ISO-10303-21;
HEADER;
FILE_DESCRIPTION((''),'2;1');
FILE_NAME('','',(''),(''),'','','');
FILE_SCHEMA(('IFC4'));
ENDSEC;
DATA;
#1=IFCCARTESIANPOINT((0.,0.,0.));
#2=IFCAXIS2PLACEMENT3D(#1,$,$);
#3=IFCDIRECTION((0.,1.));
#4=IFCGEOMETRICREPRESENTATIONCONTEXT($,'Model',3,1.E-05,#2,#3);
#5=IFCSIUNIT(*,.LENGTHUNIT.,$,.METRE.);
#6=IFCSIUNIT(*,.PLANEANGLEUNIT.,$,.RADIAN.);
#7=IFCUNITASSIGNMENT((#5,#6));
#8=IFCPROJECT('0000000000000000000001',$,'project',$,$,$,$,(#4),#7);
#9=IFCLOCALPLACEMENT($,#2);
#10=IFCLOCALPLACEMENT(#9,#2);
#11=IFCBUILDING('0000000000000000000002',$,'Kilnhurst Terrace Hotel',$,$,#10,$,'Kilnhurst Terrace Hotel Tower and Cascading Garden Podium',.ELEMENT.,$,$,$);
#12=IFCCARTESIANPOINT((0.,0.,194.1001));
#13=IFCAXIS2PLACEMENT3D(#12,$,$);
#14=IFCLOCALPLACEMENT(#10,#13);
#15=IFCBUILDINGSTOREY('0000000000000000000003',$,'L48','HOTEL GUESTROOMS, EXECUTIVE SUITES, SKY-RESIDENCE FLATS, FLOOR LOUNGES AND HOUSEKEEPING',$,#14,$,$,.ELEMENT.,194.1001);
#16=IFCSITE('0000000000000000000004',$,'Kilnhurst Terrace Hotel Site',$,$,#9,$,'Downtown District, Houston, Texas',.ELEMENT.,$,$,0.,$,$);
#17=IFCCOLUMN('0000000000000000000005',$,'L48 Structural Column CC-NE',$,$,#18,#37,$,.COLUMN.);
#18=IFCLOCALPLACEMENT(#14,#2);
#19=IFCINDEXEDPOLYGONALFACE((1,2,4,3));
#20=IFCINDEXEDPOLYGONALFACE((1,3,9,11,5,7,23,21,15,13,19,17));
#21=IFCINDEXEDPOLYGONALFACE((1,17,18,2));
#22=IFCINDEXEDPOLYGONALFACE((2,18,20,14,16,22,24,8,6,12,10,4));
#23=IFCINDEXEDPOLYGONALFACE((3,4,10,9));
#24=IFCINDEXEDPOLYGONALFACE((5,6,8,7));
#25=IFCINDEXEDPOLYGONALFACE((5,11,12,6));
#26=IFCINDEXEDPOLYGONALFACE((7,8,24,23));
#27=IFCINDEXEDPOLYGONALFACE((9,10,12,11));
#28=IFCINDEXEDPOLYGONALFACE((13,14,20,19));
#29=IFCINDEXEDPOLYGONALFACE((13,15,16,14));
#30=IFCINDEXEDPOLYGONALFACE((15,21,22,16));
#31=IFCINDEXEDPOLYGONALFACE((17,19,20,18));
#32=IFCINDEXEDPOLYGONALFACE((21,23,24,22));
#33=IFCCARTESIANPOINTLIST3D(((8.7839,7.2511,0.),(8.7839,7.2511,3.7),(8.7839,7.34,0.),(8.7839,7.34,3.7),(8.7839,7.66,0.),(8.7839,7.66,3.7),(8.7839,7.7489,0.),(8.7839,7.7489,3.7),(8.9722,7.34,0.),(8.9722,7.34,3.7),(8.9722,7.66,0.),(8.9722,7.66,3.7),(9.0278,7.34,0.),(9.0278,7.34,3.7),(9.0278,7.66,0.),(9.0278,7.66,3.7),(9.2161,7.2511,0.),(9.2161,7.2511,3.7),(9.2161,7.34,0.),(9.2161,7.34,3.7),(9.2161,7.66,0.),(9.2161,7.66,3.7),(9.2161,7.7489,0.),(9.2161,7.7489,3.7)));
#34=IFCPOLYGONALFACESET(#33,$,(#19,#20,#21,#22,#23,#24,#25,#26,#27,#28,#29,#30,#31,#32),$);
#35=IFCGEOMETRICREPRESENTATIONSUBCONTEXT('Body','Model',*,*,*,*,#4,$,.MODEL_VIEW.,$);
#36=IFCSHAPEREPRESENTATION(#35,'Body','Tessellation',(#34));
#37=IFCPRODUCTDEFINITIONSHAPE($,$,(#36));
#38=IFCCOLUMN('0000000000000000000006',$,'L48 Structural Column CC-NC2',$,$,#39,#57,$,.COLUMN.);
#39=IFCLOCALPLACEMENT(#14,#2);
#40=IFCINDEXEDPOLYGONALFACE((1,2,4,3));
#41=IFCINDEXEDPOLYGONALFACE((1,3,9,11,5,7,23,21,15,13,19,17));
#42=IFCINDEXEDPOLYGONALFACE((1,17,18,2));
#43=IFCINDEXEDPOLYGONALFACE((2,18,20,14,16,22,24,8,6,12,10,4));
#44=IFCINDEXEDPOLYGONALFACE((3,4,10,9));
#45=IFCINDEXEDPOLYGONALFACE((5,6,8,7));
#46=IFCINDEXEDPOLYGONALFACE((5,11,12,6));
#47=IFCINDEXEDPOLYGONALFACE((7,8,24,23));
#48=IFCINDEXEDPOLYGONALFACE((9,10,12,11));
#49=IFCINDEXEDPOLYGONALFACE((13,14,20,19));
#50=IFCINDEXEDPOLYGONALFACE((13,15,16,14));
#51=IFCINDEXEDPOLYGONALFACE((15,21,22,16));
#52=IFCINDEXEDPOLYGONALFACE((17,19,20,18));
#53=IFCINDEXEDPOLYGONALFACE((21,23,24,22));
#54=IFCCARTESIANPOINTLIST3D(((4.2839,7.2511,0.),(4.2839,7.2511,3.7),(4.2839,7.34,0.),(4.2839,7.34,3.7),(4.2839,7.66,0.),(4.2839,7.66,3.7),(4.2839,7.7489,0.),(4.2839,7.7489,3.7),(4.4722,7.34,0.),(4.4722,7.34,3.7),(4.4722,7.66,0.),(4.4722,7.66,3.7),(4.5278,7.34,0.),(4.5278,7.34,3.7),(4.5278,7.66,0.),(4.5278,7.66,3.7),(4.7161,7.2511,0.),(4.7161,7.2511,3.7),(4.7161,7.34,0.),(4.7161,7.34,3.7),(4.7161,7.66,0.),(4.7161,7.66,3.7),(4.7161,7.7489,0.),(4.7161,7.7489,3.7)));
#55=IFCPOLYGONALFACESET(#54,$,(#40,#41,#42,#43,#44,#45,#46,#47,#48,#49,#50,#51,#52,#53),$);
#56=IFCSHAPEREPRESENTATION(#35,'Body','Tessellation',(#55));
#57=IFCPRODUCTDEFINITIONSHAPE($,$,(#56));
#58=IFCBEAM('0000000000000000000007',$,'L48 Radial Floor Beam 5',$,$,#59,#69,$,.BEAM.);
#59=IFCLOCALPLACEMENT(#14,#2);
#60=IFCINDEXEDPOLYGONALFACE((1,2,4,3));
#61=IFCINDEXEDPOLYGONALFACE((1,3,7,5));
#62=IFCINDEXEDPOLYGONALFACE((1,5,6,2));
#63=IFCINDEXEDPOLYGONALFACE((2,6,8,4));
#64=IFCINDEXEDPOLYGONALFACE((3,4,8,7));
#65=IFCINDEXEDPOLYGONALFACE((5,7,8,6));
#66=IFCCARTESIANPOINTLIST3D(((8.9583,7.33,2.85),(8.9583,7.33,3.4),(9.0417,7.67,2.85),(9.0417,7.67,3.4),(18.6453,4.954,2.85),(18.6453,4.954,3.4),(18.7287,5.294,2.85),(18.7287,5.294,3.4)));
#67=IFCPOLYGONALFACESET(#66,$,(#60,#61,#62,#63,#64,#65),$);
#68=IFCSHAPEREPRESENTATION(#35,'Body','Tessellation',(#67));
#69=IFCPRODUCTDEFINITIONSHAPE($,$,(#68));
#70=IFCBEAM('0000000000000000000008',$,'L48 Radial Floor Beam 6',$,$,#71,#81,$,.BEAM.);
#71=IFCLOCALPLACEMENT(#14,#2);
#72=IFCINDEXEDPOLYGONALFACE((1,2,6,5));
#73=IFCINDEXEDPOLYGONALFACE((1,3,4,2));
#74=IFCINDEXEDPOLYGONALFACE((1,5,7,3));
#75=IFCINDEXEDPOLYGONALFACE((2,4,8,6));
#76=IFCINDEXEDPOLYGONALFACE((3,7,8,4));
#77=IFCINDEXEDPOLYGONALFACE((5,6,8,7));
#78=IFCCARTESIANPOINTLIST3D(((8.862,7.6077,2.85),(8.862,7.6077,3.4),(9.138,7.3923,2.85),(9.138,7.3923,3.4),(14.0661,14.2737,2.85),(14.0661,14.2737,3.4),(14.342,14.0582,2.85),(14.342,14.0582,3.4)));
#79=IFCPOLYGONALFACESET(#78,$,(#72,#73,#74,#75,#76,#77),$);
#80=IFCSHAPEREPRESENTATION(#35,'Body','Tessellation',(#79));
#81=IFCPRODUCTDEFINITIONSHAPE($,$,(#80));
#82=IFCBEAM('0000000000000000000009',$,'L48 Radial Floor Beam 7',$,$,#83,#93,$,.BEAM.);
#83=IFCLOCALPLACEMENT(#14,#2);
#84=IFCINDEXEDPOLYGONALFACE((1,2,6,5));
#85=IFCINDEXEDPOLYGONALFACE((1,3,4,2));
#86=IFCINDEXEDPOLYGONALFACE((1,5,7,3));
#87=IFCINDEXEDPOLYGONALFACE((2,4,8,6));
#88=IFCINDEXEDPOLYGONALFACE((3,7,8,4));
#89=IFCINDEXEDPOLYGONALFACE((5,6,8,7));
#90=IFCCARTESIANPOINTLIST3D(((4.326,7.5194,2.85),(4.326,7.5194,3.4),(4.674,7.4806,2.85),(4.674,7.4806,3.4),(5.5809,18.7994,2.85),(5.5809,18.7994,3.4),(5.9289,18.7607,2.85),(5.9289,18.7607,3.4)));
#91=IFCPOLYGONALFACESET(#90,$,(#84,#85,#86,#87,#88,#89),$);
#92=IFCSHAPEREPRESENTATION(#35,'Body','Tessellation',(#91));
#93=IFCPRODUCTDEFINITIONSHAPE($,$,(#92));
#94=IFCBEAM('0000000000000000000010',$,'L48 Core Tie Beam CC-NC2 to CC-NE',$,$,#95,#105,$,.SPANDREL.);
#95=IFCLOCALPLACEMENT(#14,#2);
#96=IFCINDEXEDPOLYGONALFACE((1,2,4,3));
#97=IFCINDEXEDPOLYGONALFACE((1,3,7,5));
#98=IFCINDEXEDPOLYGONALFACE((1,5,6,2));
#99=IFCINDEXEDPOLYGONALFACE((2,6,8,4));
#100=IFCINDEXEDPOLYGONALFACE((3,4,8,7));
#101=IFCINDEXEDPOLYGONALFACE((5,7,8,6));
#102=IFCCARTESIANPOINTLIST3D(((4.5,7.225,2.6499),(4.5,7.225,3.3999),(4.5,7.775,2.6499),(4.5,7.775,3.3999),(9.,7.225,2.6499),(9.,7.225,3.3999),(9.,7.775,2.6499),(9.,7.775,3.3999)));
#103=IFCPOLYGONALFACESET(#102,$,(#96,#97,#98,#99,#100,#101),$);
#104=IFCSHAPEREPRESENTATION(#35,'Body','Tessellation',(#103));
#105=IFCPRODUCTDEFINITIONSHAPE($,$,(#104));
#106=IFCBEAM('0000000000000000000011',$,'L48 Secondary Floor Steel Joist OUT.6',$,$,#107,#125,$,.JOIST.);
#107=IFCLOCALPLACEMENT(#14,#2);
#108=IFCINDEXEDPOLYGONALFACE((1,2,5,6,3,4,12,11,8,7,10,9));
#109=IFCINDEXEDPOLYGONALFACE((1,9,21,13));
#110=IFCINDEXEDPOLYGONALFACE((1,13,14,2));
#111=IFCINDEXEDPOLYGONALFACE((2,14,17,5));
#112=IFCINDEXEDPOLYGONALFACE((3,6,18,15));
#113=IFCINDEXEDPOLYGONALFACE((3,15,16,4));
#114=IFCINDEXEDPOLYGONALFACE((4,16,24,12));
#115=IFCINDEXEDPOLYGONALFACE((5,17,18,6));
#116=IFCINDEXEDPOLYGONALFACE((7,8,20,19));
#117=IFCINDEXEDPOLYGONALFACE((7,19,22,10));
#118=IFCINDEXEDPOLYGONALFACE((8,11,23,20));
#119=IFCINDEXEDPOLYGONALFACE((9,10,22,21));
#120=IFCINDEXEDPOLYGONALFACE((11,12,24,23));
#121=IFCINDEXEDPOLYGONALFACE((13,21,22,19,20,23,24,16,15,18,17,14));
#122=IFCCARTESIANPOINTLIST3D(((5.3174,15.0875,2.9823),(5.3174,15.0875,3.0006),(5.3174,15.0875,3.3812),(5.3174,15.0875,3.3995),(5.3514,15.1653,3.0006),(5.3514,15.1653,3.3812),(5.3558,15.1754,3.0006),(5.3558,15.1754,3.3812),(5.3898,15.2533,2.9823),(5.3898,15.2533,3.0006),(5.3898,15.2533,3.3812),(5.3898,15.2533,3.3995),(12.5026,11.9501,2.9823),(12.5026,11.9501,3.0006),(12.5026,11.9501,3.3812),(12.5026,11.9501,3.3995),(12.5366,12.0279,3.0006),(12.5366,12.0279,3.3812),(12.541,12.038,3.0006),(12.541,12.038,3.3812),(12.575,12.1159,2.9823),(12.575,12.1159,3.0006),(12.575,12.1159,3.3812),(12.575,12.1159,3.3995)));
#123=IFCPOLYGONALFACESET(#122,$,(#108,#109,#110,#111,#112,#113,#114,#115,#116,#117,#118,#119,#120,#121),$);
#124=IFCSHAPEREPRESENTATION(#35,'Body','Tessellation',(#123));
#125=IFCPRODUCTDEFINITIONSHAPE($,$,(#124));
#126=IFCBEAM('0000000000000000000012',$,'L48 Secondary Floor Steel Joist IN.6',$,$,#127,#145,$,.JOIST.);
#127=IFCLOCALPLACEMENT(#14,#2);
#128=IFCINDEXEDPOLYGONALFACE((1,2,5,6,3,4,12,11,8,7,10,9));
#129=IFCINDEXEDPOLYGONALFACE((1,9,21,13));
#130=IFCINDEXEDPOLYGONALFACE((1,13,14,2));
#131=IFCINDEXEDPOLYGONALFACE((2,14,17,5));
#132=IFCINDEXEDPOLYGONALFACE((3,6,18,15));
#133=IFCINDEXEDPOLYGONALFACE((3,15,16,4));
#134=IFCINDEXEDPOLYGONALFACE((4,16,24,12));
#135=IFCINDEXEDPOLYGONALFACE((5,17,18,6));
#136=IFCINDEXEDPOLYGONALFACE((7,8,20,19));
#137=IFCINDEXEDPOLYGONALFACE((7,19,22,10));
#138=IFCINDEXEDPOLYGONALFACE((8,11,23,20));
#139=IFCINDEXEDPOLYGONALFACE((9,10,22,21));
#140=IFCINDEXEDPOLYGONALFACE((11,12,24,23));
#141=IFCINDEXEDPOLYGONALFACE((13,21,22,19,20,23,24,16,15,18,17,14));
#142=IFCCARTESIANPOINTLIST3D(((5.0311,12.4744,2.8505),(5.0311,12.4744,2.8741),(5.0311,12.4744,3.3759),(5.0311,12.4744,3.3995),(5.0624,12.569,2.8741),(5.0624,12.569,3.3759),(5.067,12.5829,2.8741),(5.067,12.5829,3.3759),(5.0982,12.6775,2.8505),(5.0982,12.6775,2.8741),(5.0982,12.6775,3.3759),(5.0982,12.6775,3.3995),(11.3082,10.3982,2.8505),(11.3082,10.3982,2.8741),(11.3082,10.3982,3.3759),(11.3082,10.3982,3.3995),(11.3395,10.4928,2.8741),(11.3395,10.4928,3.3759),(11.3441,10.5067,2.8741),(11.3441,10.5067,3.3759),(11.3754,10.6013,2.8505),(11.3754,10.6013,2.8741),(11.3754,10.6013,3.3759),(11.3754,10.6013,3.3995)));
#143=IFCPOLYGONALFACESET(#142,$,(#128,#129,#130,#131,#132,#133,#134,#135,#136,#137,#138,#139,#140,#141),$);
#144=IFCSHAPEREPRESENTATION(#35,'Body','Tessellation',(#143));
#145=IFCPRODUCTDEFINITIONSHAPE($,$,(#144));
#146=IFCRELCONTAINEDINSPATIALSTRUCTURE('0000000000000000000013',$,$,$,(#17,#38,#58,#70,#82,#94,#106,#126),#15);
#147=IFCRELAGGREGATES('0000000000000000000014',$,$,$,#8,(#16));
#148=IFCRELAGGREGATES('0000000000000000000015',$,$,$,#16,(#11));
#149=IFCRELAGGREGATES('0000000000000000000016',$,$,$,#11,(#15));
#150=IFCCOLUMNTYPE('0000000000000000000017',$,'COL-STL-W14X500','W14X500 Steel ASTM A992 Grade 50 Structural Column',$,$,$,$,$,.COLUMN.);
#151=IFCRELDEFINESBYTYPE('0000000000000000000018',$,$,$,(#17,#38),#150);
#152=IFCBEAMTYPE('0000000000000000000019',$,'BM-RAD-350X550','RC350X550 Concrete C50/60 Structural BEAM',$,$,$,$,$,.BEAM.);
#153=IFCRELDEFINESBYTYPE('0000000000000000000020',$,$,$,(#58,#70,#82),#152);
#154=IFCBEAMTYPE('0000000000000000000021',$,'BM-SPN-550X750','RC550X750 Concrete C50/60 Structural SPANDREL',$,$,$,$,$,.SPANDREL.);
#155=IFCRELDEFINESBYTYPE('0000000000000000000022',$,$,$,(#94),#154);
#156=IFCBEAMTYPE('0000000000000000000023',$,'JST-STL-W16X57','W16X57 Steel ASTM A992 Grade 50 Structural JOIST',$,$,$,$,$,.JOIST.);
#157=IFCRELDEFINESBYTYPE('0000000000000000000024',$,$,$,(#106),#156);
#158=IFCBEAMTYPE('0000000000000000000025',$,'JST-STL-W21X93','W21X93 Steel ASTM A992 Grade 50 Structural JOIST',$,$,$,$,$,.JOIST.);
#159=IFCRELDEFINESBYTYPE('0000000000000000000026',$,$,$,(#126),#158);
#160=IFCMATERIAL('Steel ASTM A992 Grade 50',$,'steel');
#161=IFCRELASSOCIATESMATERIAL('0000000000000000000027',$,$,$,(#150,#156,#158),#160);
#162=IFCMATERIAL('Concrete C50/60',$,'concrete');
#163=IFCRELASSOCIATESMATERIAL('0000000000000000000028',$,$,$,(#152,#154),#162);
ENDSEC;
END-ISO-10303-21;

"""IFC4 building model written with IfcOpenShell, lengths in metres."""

from ifc_helpers import new_model, si_unit, direction, frame, origin, origin_2d, place, context, subcontext, project, spatial, rectangle, i_section, extrude, material, material_profile, profile_set, type_object, element, save


model = new_model("IFC4")

# Units and contexts
model_context = context("Model", 3, precision=1e-05, world=origin(), true_north=direction((0.0, 1.0)))
body_context = subcontext(model_context, "Body", "Model", "MODEL_VIEW")
ifc_project = project(units=[si_unit("LENGTHUNIT", "METRE"), si_unit("PLANEANGLEUNIT", "RADIAN")], contexts=[model_context])

# Site, building, storey
site_placement = place(None, origin())
site = spatial("IfcSite", under=ifc_project, at=site_placement, Name="Kilnhurst Terrace Hotel Site", LongName="Downtown District, Houston, Texas", CompositionType="ELEMENT", RefElevation=0.0)
building_placement = place(site_placement, origin())
building = spatial("IfcBuilding", under=site, at=building_placement, Name="Kilnhurst Terrace Hotel", LongName="Kilnhurst Terrace Hotel Tower and Cascading Garden Podium", CompositionType="ELEMENT")
storey_placement = place(building_placement, frame((0.0, 0.0, 194.1001)))
storey = spatial("IfcBuildingStorey", under=building, at=storey_placement, Name="L48", Description="HOTEL GUESTROOMS, EXECUTIVE SUITES, SKY-RESIDENCE FLATS, FLOOR LOUNGES AND HOUSEKEEPING", CompositionType="ELEMENT", Elevation=194.1001)

# Columns
ifc_material_1 = material(Name="Steel ASTM A992 Grade 50", Category="steel")
ifc_material_profile_1 = material_profile(ifc_material_1, i_section(OverallWidth=0.4321, OverallDepth=0.4978, WebThickness=0.0557, FlangeThickness=0.0889, at=origin_2d()), Name="W14X500")
ifc_profile_set_1 = profile_set([ifc_material_profile_1], Name="Steel ASTM A992 Grade 50")
column_type = type_object("IfcColumnType", Name="COL-STL-W14X500", Description="W14X500 Steel ASTM A992 Grade 50 Structural Column", PredefinedType="COLUMN", material=ifc_profile_set_1)
for number, where, z_axis, x_axis, name in (
    (1, (9.0, 7.5, 0.0), (0.0, 0.0, 1.0), (1.0, 0.0, 0.0), "L48 Structural Column CC-NE"),
    (2, (4.5, 7.5, 0.0), (0.0, 0.0, 1.0), (1.0, 0.0, 0.0), "L48 Structural Column CC-NC2"),
):
    element("IfcColumn", number, at=place(storey_placement, frame(where, z_axis=z_axis, x_axis=x_axis)), inside=storey, type_object=column_type, Name=name, PredefinedType="COLUMN", context=body_context, shape_type="SweptSolid", body=[
        extrude(i_section(OverallWidth=0.4321, OverallDepth=0.4978, WebThickness=0.0557, FlangeThickness=0.0889, at=origin_2d()), origin(), (0.0, 0.0, 1.0), 3.7),
    ])

# Beams
ifc_material_2 = material(Name="Concrete C50/60", Category="concrete")
ifc_material_profile_2 = material_profile(ifc_material_2, rectangle(XDim=0.3501, YDim=0.55, at=origin_2d()), Name="RC350X550")
ifc_profile_set_2 = profile_set([ifc_material_profile_2], Name="Concrete C50/60")
beam_type_1 = type_object("IfcBeamType", Name="BM-RAD-350X550", Description="RC350X550 Concrete C50/60 Structural BEAM", PredefinedType="BEAM", material=ifc_profile_set_2)
beam_1_placement = place(storey_placement, frame((9.0, 7.5, 3.125), z_axis=(0.971213, -0.238214, 0.0), x_axis=(0.238214, 0.971213, 0.0)))
element("IfcBeam", 3, at=beam_1_placement, inside=storey, type_object=beam_type_1, Name="L48 Radial Floor Beam 5", PredefinedType="BEAM", context=body_context, shape_type="SweptSolid", body=[
    extrude(rectangle(XDim=0.3501, YDim=0.55, at=origin_2d()), origin(), (0.0, 0.0, 1.0), 9.9741),
])
beam_2_placement = place(storey_placement, frame((9.0, 7.5, 3.125), z_axis=(0.615371, 0.788238, 0.0), x_axis=(-0.788238, 0.615371, 0.0)))
element("IfcBeam", 4, at=beam_2_placement, inside=storey, type_object=beam_type_1, Name="L48 Radial Floor Beam 6", PredefinedType="BEAM", context=body_context, shape_type="SweptSolid", body=[
    extrude(rectangle(XDim=0.3501, YDim=0.55, at=origin_2d()), origin(), (0.0, 0.0, 1.0), 8.4568),
])
beam_3_placement = place(storey_placement, frame((4.5, 7.5, 3.125), z_axis=(0.110566, 0.993869, 0.0), x_axis=(-0.993869, 0.110566, 0.0)))
element("IfcBeam", 5, at=beam_3_placement, inside=storey, type_object=beam_type_1, Name="L48 Radial Floor Beam 7", PredefinedType="BEAM", context=body_context, shape_type="SweptSolid", body=[
    extrude(rectangle(XDim=0.3501, YDim=0.55, at=origin_2d()), origin(), (0.0, 0.0, 1.0), 11.3496),
])
ifc_material_profile_3 = material_profile(ifc_material_2, rectangle(XDim=0.55, YDim=0.75, at=origin_2d()), Name="RC550X750")
ifc_profile_set_3 = profile_set([ifc_material_profile_3], Name="Concrete C50/60")
beam_type_2 = type_object("IfcBeamType", Name="BM-SPN-550X750", Description="RC550X750 Concrete C50/60 Structural SPANDREL", PredefinedType="SPANDREL", material=ifc_profile_set_3)
beam_4_placement = place(storey_placement, frame((4.5, 7.5, 3.0249), z_axis=(1.0, 0.0, 0.0), x_axis=(0.0, 1.0, 0.0)))
element("IfcBeam", 6, at=beam_4_placement, inside=storey, type_object=beam_type_2, Name="L48 Core Tie Beam CC-NC2 to CC-NE", PredefinedType="SPANDREL", context=body_context, shape_type="SweptSolid", body=[
    extrude(rectangle(XDim=0.55, YDim=0.75, at=origin_2d()), origin(), (0.0, 0.0, 1.0), 4.5),
])
ifc_material_profile_4 = material_profile(ifc_material_1, i_section(OverallWidth=0.1809, OverallDepth=0.4172, WebThickness=0.011, FlangeThickness=0.0183, at=origin_2d()), Name="W16X57")
ifc_profile_set_4 = profile_set([ifc_material_profile_4], Name="Steel ASTM A992 Grade 50")
beam_type_3 = type_object("IfcBeamType", Name="JST-STL-W16X57", Description="W16X57 Steel ASTM A992 Grade 50 Structural JOIST", PredefinedType="JOIST", material=ifc_profile_set_4)
beam_5_placement = place(storey_placement, frame((12.5388, 12.033, 3.1909), z_axis=(-0.916444, 0.400164, 0.0), x_axis=(-0.400164, -0.916444, 0.0)))
element("IfcBeam", 7, at=beam_5_placement, inside=storey, type_object=beam_type_3, Name="L48 Secondary Floor Steel Joist OUT.6", PredefinedType="JOIST", context=body_context, shape_type="SweptSolid", body=[
    extrude(i_section(OverallWidth=0.1809, OverallDepth=0.4172, WebThickness=0.011, FlangeThickness=0.0183, at=origin_2d()), origin(), (0.0, 0.0, 1.0), 7.8403),
])
ifc_material_profile_5 = material_profile(ifc_material_1, i_section(OverallWidth=0.2139, OverallDepth=0.5491, WebThickness=0.0146, FlangeThickness=0.0237, at=origin_2d()), Name="W21X93")
ifc_profile_set_5 = profile_set([ifc_material_profile_5], Name="Steel ASTM A992 Grade 50")
beam_type_4 = type_object("IfcBeamType", Name="JST-STL-W21X93", Description="W21X93 Steel ASTM A992 Grade 50 Structural JOIST", PredefinedType="JOIST", material=ifc_profile_set_5)
beam_6_placement = place(storey_placement, frame((11.3418, 10.4998, 3.125), z_axis=(-0.949416, 0.314022, 0.0), x_axis=(-0.314022, -0.949416, 0.0)))
element("IfcBeam", 8, at=beam_6_placement, inside=storey, type_object=beam_type_4, Name="L48 Secondary Floor Steel Joist IN.6", PredefinedType="JOIST", context=body_context, shape_type="SweptSolid", body=[
    extrude(i_section(OverallWidth=0.2139, OverallDepth=0.5491, WebThickness=0.0146, FlangeThickness=0.0237, at=origin_2d()), origin(), (0.0, 0.0, 1.0), 6.6116),
])

save(model, "model.ifc")
